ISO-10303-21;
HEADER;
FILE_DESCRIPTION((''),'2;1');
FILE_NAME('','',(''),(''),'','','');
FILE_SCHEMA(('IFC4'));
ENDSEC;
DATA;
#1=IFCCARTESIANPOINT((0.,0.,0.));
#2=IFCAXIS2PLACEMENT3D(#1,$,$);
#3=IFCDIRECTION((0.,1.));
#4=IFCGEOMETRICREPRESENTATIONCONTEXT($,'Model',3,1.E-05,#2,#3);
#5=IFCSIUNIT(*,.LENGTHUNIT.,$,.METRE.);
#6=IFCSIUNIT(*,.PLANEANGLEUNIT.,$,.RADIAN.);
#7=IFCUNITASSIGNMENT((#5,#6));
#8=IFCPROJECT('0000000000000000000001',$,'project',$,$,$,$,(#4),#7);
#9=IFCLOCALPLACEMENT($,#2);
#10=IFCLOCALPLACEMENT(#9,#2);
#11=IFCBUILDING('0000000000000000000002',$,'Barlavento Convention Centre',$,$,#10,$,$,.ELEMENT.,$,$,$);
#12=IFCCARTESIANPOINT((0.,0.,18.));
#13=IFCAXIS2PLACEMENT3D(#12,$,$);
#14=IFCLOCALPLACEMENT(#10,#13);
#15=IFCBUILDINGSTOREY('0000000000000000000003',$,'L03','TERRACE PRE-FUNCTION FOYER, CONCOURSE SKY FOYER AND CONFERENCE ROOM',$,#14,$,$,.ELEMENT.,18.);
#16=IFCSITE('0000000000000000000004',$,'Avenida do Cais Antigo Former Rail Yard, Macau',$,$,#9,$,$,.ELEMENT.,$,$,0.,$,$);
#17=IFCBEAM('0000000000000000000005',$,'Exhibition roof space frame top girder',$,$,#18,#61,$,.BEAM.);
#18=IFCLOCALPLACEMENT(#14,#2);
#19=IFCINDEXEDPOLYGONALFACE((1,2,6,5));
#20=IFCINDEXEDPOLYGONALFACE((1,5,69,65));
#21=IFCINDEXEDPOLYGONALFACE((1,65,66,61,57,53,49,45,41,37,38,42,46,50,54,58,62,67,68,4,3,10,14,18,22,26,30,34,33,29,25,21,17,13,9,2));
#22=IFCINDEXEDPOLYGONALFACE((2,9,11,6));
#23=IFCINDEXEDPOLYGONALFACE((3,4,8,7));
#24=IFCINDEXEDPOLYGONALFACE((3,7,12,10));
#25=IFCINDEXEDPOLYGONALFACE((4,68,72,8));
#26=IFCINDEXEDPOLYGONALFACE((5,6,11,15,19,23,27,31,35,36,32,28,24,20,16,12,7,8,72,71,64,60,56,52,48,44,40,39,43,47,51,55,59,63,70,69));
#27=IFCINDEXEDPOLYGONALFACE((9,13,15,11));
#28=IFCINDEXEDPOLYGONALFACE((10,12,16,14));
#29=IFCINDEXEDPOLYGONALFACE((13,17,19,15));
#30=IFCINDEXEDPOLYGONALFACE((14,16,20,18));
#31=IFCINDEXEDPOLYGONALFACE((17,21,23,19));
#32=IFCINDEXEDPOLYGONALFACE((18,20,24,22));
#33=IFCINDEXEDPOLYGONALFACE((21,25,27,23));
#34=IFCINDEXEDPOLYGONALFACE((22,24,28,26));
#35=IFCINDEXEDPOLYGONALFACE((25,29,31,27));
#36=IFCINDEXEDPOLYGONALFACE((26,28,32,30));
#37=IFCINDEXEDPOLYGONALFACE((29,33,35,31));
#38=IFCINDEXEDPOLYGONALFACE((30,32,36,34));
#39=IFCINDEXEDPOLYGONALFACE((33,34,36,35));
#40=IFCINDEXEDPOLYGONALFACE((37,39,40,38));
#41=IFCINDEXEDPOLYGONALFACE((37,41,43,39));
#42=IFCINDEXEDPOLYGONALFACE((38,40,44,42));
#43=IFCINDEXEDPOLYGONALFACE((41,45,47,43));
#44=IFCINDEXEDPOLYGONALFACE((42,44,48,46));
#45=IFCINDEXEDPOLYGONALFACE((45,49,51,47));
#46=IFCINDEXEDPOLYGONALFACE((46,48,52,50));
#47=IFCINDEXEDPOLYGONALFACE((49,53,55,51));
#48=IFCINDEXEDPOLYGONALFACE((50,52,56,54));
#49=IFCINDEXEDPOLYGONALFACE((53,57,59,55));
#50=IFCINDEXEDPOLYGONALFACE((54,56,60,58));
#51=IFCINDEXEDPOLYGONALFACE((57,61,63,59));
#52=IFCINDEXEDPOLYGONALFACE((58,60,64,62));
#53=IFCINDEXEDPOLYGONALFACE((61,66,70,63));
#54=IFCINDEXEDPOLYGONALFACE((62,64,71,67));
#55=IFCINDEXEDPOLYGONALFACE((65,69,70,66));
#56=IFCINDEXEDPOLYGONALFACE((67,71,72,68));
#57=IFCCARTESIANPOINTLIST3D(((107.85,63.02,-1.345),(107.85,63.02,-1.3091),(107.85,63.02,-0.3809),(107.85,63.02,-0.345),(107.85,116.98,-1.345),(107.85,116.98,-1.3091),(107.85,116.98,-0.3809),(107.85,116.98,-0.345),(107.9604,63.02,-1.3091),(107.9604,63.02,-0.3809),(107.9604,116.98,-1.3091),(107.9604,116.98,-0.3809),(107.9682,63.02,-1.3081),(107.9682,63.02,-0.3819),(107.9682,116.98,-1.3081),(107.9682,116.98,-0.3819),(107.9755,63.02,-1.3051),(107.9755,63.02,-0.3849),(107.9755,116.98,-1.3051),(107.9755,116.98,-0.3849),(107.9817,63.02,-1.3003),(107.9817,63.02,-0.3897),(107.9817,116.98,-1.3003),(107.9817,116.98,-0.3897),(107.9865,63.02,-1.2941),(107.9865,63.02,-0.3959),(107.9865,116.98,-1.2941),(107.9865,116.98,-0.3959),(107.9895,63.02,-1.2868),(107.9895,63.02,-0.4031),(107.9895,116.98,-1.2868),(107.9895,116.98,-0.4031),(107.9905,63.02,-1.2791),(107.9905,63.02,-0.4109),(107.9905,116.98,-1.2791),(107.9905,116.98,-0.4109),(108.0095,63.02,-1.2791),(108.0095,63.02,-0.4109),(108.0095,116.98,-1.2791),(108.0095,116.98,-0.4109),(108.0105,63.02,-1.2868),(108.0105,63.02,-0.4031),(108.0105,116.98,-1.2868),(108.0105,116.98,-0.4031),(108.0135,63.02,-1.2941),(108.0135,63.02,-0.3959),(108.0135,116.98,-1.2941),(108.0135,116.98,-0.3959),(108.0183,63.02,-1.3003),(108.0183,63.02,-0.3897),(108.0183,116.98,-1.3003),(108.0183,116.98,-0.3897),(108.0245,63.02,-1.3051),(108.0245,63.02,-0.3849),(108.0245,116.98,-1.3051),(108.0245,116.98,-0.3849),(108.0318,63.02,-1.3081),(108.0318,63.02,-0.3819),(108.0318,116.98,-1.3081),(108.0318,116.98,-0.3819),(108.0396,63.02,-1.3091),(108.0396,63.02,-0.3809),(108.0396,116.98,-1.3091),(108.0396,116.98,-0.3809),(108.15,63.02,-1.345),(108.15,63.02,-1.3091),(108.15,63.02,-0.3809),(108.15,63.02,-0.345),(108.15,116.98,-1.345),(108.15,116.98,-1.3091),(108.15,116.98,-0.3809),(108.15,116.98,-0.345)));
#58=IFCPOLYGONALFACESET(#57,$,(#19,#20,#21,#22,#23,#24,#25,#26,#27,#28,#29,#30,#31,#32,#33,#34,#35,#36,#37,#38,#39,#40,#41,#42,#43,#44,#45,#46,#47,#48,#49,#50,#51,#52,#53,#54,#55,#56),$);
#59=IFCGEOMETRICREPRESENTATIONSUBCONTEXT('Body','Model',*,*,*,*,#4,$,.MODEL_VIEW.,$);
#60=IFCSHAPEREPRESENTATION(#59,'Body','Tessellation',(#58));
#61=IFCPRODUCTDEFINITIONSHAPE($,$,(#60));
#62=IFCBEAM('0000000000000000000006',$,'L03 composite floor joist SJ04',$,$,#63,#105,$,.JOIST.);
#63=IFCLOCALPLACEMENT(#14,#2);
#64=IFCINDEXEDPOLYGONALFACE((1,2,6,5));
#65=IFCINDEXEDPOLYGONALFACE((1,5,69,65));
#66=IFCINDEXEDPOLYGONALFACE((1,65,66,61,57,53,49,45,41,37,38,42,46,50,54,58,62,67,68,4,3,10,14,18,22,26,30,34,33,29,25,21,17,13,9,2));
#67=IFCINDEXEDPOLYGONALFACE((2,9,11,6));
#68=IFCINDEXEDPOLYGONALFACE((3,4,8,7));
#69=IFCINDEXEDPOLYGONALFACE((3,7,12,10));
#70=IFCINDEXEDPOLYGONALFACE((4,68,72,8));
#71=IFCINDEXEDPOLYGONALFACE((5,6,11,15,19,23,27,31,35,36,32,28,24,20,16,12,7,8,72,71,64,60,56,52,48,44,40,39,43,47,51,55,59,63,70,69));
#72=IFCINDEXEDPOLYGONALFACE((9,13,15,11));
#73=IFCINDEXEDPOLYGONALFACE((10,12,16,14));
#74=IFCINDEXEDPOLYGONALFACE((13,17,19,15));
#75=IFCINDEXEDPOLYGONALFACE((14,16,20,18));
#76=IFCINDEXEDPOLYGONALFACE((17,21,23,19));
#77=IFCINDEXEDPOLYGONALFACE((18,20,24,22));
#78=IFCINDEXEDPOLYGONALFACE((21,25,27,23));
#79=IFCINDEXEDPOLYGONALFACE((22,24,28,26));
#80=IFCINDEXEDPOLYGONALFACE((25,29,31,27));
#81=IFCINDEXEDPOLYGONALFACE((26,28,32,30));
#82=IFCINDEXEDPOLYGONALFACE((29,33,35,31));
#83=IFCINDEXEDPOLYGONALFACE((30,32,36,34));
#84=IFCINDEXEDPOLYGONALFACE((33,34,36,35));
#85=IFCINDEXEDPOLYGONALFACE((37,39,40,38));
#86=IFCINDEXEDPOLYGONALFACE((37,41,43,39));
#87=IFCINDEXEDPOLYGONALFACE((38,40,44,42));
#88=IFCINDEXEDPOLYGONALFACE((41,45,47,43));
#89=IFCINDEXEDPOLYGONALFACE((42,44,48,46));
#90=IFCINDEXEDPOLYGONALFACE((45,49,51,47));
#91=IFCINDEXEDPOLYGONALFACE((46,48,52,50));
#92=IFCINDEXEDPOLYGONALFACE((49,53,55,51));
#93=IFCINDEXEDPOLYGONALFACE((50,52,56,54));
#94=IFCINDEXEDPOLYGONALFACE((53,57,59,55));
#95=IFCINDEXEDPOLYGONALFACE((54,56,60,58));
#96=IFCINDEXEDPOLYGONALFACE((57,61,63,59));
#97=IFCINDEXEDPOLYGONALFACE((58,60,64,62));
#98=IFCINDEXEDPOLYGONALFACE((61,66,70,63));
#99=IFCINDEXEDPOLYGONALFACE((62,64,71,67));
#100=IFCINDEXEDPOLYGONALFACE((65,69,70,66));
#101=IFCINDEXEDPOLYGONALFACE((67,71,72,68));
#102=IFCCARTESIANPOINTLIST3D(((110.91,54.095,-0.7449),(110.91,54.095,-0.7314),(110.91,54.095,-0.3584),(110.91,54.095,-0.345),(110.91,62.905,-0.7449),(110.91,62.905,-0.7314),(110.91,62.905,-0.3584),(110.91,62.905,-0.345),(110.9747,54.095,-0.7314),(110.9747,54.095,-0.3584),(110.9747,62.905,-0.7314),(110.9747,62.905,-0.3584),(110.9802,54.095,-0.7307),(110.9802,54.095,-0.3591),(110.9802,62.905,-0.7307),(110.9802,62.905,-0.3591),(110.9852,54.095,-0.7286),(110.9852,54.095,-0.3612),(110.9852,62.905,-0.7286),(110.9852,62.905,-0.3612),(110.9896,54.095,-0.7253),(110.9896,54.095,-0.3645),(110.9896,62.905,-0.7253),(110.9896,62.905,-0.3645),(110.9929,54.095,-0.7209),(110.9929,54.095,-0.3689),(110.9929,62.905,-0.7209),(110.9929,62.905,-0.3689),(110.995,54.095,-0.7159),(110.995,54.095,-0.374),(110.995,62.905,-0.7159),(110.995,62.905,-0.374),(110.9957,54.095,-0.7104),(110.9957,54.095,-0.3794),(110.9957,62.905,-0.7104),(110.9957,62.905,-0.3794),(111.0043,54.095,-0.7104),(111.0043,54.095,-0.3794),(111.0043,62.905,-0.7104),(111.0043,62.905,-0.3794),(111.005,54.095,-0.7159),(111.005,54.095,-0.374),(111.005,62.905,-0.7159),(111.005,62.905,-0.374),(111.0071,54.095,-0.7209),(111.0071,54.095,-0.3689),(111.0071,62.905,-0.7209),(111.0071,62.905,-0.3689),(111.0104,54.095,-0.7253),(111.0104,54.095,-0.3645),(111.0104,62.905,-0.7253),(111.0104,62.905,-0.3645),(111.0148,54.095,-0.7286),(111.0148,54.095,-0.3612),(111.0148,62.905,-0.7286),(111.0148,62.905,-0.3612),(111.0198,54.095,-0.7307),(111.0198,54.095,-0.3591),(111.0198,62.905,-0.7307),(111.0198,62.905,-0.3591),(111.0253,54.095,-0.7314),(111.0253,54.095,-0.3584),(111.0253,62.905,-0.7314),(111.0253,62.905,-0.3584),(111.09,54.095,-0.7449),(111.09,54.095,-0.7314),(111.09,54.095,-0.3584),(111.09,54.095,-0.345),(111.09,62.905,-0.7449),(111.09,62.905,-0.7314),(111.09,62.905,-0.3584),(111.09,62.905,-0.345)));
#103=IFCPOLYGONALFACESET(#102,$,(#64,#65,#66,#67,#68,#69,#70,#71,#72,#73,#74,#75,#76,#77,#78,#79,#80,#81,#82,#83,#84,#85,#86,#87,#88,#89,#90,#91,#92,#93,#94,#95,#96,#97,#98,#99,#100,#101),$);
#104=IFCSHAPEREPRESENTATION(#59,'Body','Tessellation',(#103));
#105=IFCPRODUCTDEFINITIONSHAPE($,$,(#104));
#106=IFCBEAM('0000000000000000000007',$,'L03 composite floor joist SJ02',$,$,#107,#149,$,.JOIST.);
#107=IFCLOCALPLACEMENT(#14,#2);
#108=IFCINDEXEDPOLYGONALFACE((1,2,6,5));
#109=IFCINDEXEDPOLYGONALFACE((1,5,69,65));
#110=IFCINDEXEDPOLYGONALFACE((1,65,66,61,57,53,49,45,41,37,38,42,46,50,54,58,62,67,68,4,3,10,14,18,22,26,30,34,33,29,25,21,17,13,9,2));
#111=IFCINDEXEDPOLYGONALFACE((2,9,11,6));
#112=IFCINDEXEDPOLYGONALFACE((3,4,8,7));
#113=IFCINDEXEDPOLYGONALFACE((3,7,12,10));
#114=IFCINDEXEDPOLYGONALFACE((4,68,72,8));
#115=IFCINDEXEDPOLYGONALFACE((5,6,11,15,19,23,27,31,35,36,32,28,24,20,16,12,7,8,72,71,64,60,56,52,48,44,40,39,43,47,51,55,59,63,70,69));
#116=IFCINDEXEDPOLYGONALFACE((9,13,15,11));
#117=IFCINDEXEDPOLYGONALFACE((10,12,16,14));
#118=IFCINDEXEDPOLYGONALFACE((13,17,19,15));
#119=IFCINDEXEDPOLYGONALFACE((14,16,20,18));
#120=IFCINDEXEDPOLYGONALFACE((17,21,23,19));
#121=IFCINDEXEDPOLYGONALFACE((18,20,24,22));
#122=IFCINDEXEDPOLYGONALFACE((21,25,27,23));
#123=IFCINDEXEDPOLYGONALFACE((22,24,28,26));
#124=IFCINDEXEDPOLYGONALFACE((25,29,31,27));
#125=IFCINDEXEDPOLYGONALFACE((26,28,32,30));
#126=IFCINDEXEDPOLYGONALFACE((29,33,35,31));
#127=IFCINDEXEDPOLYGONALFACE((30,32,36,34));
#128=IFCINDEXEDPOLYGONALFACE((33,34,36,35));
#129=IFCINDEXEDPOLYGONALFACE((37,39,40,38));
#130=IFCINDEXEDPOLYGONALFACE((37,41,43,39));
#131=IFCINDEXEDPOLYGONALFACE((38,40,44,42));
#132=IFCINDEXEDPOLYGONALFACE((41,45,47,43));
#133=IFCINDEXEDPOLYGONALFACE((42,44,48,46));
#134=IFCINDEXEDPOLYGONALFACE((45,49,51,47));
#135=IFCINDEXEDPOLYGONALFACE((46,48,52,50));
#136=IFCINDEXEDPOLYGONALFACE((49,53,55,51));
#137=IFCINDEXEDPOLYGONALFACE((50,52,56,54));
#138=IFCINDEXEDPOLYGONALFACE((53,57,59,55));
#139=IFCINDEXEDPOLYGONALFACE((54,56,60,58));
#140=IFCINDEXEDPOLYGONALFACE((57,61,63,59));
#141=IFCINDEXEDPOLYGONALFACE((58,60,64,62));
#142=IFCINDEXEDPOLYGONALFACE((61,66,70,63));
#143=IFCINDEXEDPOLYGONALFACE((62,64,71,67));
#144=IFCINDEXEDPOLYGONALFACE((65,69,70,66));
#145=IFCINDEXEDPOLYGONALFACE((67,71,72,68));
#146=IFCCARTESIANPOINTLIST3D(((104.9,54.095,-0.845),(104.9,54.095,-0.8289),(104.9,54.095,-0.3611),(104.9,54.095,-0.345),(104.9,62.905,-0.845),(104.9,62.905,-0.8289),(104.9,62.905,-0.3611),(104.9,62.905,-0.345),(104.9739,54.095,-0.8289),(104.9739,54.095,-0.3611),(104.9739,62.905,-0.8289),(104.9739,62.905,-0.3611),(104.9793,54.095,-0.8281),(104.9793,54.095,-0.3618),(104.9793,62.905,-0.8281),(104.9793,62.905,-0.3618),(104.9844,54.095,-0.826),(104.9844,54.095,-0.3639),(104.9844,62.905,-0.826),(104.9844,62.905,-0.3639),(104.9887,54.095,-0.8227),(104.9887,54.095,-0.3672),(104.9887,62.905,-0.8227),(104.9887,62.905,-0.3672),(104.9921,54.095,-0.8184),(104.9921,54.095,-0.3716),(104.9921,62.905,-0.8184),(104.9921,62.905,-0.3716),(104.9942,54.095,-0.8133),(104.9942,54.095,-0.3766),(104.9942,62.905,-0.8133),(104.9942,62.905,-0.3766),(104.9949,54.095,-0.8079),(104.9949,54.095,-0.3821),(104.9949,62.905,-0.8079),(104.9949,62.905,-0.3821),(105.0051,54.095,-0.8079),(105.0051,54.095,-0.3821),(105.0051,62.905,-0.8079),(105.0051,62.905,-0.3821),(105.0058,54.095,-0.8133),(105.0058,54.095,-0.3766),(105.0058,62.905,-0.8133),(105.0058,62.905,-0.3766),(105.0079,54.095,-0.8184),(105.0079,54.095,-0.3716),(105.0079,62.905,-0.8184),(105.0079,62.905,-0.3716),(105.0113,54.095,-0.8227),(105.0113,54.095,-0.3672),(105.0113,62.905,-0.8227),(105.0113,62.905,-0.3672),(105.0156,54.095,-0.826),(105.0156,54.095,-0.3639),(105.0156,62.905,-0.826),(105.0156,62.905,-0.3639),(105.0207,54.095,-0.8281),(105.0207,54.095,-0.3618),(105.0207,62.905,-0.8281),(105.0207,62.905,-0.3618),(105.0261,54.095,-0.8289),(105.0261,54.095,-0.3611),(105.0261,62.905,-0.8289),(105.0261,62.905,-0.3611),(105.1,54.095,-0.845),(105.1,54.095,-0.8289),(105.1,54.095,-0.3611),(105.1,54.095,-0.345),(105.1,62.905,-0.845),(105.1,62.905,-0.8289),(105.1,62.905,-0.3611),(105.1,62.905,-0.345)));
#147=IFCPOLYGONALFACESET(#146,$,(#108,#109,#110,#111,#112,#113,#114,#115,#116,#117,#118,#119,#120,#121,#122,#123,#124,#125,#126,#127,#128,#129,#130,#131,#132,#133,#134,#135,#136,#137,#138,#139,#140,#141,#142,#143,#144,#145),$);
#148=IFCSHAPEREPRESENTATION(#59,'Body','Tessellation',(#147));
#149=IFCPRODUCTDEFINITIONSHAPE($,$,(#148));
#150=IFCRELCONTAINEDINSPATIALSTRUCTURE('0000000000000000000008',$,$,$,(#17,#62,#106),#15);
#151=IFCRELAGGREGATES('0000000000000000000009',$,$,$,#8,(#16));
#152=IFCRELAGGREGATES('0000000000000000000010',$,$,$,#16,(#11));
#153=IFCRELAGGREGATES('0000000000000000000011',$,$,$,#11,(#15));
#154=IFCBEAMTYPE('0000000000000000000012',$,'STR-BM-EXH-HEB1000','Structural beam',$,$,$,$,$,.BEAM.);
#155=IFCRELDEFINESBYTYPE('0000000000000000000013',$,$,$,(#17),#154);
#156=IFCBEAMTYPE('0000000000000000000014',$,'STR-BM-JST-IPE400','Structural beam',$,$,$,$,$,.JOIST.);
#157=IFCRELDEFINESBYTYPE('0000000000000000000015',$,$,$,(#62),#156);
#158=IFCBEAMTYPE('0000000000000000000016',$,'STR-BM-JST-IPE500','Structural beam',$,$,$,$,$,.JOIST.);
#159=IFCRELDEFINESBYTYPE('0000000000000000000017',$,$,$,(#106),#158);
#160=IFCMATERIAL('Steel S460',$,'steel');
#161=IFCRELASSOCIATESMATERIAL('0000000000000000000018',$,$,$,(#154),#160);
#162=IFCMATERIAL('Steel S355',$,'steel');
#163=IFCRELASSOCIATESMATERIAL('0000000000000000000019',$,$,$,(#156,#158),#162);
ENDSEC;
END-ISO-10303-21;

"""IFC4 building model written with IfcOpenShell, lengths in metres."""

from ifc_helpers import new_model, si_unit, direction, frame, origin, origin_2d, place, context, subcontext, project, spatial, i_section, extrude, material, material_profile, profile_set, type_object, element, save


model = new_model("IFC4")

# Units and contexts
model_context = context("Model", 3, precision=1e-05, world=origin(), true_north=direction((0.0, 1.0)))
body_context = subcontext(model_context, "Body", "Model", "MODEL_VIEW")
ifc_project = project(units=[si_unit("LENGTHUNIT", "METRE"), si_unit("PLANEANGLEUNIT", "RADIAN")], contexts=[model_context])

# Site, building, storey
site_placement = place(None, origin())
site = spatial("IfcSite", under=ifc_project, at=site_placement, Name="Avenida do Cais Antigo Former Rail Yard, Macau", CompositionType="ELEMENT", RefElevation=0.0)
building_placement = place(site_placement, origin())
building = spatial("IfcBuilding", under=site, at=building_placement, Name="Barlavento Convention Centre", CompositionType="ELEMENT")
storey_placement = place(building_placement, frame((0.0, 0.0, 18.0)))
storey = spatial("IfcBuildingStorey", under=building, at=storey_placement, Name="L03", Description="TERRACE PRE-FUNCTION FOYER, CONCOURSE SKY FOYER AND CONFERENCE ROOM", CompositionType="ELEMENT", Elevation=18.0)

# Beams
ifc_material_1 = material(Name="Steel S460", Category="steel")
ifc_material_profile_1 = material_profile(ifc_material_1, i_section(OverallWidth=0.3, OverallDepth=1.0, WebThickness=0.019, FlangeThickness=0.0359, FilletRadius=0.03, at=origin_2d()), Name="HEB 1000")
ifc_profile_set_1 = profile_set([ifc_material_profile_1], Name="Steel S460")
beam_type_1 = type_object("IfcBeamType", Name="STR-BM-EXH-HEB1000", Description="Structural beam", PredefinedType="BEAM", material=ifc_profile_set_1)
beam_1_placement = place(storey_placement, frame((108.0, 63.02, -0.845), z_axis=(0.0, 1.0, 0.0), x_axis=(-1.0, 0.0, 0.0)))
element("IfcBeam", 1, at=beam_1_placement, inside=storey, type_object=beam_type_1, Name="Exhibition roof space frame top girder", PredefinedType="BEAM", context=body_context, shape_type="SweptSolid", body=[
    extrude(i_section(OverallWidth=0.3, OverallDepth=1.0, WebThickness=0.019, FlangeThickness=0.0359, FilletRadius=0.03, at=origin_2d()), origin(), (0.0, 0.0, 1.0), 53.96),
])
ifc_material_2 = material(Name="Steel S355", Category="steel")
ifc_material_profile_2 = material_profile(ifc_material_2, i_section(OverallWidth=0.1799, OverallDepth=0.3999, WebThickness=0.0085, FlangeThickness=0.0134, FilletRadius=0.021, at=origin_2d()), Name="IPE 400")
ifc_profile_set_2 = profile_set([ifc_material_profile_2], Name="Steel S355")
beam_type_2 = type_object("IfcBeamType", Name="STR-BM-JST-IPE400", Description="Structural beam", PredefinedType="JOIST", material=ifc_profile_set_2)
beam_2_placement = place(storey_placement, frame((111.0, 54.095, -0.5449), z_axis=(0.0, 1.0, 0.0), x_axis=(-1.0, 0.0, 0.0)))
element("IfcBeam", 2, at=beam_2_placement, inside=storey, type_object=beam_type_2, Name="L03 composite floor joist SJ04", PredefinedType="JOIST", context=body_context, shape_type="SweptSolid", body=[
    extrude(i_section(OverallWidth=0.1799, OverallDepth=0.3999, WebThickness=0.0085, FlangeThickness=0.0134, FilletRadius=0.021, at=origin_2d()), origin(), (0.0, 0.0, 1.0), 8.8101),
])
ifc_material_profile_3 = material_profile(ifc_material_2, i_section(OverallWidth=0.2, OverallDepth=0.5, WebThickness=0.0103, FlangeThickness=0.0161, FilletRadius=0.021, at=origin_2d()), Name="IPE 500")
ifc_profile_set_3 = profile_set([ifc_material_profile_3], Name="Steel S355")
beam_type_3 = type_object("IfcBeamType", Name="STR-BM-JST-IPE500", Description="Structural beam", PredefinedType="JOIST", material=ifc_profile_set_3)
beam_3_placement = place(storey_placement, frame((105.0, 54.095, -0.595), z_axis=(0.0, 1.0, 0.0), x_axis=(-1.0, 0.0, 0.0)))
element("IfcBeam", 3, at=beam_3_placement, inside=storey, type_object=beam_type_3, Name="L03 composite floor joist SJ02", PredefinedType="JOIST", context=body_context, shape_type="SweptSolid", body=[
    extrude(i_section(OverallWidth=0.2, OverallDepth=0.5, WebThickness=0.0103, FlangeThickness=0.0161, FilletRadius=0.021, at=origin_2d()), origin(), (0.0, 0.0, 1.0), 8.8101),
])

save(model, "model.ifc")
